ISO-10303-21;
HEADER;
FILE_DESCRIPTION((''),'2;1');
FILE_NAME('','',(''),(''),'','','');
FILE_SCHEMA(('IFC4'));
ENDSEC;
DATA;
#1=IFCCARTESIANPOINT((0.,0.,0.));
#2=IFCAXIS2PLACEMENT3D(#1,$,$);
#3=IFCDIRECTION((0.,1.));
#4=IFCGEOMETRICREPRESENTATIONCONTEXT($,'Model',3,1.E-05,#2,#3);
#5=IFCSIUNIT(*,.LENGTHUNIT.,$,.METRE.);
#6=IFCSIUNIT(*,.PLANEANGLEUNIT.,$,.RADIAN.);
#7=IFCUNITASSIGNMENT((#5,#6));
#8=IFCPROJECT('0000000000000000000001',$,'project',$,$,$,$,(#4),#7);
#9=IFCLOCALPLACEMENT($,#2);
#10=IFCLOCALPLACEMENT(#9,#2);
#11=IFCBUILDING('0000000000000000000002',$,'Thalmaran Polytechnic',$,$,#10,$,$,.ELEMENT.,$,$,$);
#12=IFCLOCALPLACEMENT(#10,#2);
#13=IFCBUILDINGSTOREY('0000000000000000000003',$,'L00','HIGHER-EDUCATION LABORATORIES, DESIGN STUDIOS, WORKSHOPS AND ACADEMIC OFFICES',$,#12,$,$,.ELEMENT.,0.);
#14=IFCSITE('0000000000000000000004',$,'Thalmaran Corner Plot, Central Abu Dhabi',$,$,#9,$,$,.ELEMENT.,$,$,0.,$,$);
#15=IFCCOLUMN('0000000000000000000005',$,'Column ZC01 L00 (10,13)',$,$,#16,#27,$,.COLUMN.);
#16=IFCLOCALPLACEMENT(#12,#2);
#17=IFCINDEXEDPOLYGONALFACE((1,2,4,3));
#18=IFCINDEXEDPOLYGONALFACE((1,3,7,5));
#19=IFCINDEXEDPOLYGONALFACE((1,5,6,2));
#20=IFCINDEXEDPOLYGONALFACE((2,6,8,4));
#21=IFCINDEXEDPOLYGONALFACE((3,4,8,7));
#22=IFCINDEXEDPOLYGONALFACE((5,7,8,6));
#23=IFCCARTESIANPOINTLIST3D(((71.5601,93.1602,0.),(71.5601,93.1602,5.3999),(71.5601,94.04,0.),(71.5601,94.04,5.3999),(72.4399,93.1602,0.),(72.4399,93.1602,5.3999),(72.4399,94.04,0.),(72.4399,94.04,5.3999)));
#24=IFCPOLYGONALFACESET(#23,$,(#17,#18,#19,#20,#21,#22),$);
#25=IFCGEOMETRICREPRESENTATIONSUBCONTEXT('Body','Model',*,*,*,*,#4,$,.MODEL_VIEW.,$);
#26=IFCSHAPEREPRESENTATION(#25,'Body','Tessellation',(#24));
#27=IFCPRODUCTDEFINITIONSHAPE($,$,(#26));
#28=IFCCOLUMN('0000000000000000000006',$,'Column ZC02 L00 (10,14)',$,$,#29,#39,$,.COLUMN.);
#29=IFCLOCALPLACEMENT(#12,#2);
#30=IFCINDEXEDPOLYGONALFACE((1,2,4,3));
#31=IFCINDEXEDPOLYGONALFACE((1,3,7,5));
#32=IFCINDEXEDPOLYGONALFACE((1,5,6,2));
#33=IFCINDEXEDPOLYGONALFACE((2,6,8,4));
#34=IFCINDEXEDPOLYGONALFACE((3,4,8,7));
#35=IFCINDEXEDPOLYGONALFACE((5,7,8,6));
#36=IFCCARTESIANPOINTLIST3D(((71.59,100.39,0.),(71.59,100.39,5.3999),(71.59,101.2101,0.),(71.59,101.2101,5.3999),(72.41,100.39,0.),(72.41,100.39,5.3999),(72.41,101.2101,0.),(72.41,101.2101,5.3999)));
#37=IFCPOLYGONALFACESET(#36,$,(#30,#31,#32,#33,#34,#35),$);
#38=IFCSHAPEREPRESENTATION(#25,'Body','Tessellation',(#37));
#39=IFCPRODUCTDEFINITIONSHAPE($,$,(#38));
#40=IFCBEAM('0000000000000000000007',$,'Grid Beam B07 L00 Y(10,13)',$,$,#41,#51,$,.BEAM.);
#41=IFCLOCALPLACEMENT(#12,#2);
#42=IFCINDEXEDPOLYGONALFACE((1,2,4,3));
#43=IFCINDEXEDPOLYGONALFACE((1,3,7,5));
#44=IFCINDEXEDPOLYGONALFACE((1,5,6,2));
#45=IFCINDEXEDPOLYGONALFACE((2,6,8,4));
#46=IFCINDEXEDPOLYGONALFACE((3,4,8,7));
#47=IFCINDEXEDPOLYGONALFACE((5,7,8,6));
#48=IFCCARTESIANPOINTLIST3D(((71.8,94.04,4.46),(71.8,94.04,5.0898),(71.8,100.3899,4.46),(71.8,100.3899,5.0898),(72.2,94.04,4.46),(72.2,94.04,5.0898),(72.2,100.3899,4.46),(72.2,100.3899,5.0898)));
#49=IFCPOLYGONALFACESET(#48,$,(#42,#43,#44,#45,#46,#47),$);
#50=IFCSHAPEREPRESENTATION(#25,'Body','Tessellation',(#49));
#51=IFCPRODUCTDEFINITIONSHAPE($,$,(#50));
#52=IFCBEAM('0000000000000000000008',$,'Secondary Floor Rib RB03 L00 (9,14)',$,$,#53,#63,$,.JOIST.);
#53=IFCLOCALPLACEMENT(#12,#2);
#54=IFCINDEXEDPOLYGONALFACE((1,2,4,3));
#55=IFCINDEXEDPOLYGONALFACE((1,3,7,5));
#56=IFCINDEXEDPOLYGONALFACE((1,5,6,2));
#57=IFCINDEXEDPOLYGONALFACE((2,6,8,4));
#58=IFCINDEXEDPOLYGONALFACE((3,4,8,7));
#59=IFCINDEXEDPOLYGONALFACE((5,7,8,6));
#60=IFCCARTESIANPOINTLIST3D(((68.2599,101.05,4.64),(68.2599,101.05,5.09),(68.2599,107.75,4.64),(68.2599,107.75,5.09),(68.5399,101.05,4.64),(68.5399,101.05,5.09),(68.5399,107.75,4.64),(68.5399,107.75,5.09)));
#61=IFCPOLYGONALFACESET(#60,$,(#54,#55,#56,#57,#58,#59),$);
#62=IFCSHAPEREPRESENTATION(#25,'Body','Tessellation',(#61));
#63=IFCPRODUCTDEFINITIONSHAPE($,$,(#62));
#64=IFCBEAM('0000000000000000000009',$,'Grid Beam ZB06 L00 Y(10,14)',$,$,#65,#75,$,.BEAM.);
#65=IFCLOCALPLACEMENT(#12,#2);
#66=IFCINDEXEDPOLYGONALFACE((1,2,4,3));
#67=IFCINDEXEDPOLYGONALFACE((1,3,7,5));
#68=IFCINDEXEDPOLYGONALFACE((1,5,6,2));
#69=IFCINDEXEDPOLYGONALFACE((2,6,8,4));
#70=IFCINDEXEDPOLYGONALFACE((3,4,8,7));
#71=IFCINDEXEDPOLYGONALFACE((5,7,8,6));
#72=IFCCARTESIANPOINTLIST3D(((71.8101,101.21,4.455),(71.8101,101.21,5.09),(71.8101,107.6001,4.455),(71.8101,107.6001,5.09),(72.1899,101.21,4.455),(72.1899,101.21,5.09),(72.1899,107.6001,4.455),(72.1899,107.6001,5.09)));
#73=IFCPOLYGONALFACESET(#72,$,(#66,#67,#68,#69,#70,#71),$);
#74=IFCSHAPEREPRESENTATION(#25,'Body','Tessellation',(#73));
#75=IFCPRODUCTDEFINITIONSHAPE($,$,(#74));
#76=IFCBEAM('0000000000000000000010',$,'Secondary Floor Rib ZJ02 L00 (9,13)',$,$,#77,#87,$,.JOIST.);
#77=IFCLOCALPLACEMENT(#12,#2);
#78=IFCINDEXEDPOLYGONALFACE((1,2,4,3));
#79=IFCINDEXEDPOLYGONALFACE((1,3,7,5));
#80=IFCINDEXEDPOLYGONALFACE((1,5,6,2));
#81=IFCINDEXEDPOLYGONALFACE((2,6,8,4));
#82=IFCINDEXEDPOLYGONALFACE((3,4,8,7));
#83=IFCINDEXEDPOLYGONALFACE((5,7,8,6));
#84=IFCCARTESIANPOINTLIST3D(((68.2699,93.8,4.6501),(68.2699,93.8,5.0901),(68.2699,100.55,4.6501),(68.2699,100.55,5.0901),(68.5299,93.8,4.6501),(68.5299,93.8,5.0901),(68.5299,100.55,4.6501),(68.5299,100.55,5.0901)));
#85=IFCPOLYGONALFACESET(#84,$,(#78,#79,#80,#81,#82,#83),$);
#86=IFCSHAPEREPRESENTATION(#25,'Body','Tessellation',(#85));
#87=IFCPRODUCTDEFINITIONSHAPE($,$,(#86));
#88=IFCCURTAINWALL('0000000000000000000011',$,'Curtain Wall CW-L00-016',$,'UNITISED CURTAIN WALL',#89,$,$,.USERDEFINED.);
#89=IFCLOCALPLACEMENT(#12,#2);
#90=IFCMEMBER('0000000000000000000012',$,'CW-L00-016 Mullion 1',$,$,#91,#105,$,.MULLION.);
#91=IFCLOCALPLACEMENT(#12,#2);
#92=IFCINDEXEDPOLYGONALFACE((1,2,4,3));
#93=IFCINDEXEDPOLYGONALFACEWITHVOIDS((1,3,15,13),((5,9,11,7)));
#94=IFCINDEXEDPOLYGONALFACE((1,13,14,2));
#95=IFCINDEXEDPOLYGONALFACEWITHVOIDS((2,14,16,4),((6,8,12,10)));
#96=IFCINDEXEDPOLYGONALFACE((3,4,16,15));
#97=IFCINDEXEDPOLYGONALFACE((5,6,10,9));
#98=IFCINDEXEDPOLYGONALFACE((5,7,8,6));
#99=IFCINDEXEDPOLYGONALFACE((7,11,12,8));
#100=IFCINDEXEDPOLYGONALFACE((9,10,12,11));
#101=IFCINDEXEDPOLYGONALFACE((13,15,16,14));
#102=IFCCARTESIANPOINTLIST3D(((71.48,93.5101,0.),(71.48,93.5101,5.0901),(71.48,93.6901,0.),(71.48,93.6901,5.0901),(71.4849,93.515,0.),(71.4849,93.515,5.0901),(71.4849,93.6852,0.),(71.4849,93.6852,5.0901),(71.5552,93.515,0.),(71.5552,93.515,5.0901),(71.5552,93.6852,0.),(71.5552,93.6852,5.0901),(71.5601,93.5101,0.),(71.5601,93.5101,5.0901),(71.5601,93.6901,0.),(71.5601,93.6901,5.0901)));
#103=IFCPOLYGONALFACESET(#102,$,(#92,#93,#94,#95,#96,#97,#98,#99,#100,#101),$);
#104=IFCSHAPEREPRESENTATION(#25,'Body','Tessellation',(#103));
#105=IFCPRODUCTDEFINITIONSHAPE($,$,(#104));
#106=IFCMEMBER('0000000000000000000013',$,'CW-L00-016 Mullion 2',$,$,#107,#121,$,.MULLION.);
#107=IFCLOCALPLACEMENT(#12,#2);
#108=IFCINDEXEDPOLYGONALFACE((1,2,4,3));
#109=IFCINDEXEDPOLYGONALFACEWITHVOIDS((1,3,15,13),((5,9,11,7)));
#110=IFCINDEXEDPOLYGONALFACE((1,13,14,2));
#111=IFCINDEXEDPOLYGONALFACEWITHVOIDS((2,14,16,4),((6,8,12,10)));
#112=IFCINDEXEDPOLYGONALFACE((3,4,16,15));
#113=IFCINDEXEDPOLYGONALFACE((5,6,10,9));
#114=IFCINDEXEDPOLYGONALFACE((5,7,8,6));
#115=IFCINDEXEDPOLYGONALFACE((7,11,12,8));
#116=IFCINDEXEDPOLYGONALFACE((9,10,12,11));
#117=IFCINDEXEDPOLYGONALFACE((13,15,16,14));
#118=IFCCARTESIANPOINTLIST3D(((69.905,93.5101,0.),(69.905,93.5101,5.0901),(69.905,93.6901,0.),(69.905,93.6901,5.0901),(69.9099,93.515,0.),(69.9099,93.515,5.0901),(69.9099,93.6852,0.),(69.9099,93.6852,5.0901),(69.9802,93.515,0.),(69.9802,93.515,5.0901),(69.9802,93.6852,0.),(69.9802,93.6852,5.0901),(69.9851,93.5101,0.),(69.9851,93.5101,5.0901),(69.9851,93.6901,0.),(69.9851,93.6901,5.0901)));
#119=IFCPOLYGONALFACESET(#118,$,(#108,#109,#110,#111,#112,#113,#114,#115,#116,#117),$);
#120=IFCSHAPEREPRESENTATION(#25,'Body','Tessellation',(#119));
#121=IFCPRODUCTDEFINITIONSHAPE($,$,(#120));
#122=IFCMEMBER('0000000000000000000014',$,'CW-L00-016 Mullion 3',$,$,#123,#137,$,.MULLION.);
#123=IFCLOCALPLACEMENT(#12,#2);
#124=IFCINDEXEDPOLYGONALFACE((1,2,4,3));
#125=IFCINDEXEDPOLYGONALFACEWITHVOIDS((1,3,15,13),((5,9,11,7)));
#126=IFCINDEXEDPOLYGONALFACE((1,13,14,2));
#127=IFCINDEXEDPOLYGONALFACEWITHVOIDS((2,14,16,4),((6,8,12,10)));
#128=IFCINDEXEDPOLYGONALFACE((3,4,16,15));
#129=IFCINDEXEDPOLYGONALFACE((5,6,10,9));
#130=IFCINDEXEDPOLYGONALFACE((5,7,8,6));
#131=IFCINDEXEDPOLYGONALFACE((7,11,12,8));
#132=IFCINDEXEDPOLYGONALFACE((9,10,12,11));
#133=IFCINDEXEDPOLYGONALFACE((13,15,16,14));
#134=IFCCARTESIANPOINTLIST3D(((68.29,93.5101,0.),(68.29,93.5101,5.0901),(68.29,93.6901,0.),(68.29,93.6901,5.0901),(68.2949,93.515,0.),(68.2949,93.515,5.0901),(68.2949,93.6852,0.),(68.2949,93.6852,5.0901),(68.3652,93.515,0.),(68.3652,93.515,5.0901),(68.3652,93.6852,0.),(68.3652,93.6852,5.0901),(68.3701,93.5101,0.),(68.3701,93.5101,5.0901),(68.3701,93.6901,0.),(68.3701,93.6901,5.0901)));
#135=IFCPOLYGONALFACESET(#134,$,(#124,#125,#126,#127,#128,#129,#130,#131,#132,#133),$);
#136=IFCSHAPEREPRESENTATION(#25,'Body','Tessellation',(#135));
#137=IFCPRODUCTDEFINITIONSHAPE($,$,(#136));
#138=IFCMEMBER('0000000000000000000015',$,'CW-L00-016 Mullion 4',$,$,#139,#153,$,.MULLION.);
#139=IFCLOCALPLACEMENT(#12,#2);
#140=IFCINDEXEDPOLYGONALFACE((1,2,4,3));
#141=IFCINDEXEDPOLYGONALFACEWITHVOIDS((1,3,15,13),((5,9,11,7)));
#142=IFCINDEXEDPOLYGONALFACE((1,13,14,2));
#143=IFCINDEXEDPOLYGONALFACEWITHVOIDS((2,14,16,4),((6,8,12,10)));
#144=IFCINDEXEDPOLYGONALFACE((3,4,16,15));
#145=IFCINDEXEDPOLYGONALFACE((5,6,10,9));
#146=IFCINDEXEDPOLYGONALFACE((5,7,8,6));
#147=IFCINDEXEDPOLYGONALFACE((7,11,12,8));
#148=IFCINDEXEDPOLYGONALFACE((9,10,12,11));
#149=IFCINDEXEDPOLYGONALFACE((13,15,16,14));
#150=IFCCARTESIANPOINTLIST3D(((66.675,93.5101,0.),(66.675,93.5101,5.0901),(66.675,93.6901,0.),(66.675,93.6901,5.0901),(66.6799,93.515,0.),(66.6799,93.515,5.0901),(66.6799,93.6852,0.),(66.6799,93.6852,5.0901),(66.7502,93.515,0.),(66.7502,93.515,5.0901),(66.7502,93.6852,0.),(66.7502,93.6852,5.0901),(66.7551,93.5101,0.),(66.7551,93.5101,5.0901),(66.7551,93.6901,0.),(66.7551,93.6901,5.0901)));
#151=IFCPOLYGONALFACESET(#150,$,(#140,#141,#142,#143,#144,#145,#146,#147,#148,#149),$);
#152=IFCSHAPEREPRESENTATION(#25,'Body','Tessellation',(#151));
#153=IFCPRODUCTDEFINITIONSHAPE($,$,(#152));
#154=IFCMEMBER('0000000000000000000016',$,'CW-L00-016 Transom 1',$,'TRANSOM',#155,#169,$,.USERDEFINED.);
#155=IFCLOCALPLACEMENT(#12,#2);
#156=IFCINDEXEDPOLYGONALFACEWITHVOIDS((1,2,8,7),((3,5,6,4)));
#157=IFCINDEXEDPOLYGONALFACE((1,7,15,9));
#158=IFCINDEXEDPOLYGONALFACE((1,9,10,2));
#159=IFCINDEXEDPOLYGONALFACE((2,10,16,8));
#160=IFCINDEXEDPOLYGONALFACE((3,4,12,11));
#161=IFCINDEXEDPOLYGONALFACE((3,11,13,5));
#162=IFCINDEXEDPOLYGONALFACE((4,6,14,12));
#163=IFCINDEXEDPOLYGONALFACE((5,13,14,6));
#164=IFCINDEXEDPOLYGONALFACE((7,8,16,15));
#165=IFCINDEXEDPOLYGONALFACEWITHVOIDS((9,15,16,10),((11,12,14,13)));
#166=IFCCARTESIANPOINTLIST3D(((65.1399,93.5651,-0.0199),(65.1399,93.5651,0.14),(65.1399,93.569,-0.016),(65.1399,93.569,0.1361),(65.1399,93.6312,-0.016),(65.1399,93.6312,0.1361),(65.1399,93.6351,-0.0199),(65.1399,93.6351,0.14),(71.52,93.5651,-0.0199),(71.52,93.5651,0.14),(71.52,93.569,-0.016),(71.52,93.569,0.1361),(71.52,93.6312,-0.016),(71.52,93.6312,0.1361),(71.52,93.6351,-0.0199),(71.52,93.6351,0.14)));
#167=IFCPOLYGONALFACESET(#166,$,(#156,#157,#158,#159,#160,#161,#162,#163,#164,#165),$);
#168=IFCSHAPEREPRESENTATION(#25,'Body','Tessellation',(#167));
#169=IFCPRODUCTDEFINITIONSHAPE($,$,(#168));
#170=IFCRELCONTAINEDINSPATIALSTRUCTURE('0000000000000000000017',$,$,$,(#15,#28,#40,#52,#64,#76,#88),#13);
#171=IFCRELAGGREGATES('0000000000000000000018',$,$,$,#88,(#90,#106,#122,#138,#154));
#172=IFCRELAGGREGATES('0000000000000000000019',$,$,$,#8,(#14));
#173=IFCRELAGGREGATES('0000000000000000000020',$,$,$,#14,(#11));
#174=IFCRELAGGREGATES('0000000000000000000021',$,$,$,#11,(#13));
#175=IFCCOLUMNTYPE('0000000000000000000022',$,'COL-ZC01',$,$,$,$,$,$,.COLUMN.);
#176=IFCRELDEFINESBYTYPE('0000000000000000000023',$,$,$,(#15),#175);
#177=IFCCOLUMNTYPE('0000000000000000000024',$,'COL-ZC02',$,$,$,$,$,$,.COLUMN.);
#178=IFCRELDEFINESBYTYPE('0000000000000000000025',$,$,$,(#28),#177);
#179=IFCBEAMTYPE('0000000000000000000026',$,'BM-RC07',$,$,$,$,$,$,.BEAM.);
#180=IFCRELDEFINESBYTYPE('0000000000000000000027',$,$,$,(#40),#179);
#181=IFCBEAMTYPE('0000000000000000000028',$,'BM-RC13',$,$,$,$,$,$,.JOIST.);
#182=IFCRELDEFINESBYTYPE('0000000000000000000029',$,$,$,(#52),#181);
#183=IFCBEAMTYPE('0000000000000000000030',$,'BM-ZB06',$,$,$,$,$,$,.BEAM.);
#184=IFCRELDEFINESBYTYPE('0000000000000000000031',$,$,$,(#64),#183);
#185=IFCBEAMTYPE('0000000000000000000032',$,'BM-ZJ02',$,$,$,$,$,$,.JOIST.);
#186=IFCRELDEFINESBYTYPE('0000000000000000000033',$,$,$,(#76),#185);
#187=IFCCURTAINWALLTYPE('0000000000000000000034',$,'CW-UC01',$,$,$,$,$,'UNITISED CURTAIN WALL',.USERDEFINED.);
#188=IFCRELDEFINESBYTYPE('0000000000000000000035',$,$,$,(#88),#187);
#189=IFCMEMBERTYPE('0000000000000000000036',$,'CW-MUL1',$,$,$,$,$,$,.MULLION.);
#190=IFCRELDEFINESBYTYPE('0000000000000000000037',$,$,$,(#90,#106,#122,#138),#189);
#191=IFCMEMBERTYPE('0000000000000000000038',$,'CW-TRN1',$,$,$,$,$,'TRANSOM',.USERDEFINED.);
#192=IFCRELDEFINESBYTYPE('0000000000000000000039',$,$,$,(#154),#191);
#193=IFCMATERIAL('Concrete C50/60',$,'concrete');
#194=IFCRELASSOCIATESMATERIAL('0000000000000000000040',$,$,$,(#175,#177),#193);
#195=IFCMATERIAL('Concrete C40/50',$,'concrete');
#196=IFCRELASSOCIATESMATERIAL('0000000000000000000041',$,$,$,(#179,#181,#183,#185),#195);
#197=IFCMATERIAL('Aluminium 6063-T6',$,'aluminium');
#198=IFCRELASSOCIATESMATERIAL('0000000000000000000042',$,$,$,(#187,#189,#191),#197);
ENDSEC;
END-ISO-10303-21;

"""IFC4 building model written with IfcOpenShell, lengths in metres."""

from ifc_helpers import new_model, si_unit, direction, frame, origin, origin_2d, place, context, subcontext, project, spatial, rectangle, hollow_rectangle, extrude, material, material_profile, profile_set, type_object, element, aggregate, save


model = new_model("IFC4")

# Units and contexts
model_context = context("Model", 3, precision=1e-05, world=origin(), true_north=direction((0.0, 1.0)))
body_context = subcontext(model_context, "Body", "Model", "MODEL_VIEW")
ifc_project = project(units=[si_unit("LENGTHUNIT", "METRE"), si_unit("PLANEANGLEUNIT", "RADIAN")], contexts=[model_context])

# Site, building, storey
site_placement = place(None, origin())
site = spatial("IfcSite", under=ifc_project, at=site_placement, Name="Thalmaran Corner Plot, Central Abu Dhabi", CompositionType="ELEMENT", RefElevation=0.0)
building_placement = place(site_placement, origin())
building = spatial("IfcBuilding", under=site, at=building_placement, Name="Thalmaran Polytechnic", CompositionType="ELEMENT")
storey_placement = place(building_placement, origin())
storey = spatial("IfcBuildingStorey", under=building, at=storey_placement, Name="L00", Description="HIGHER-EDUCATION LABORATORIES, DESIGN STUDIOS, WORKSHOPS AND ACADEMIC OFFICES", CompositionType="ELEMENT", Elevation=0.0)

# Columns
ifc_material_1 = material(Name="Concrete C50/60", Category="concrete")
ifc_material_profile_1 = material_profile(ifc_material_1, rectangle(XDim=0.8799, YDim=0.8799, at=origin_2d()), Name="RC 880x880")
ifc_profile_set_1 = profile_set([ifc_material_profile_1], Name="Concrete C50/60")
column_type_1 = type_object("IfcColumnType", Name="COL-ZC01", PredefinedType="COLUMN", material=ifc_profile_set_1)
column_1_placement = place(storey_placement, frame((72.0, 93.6001, 0.0), z_axis=(0.0, 0.0, 1.0), x_axis=(1.0, 0.0, 0.0)))
element("IfcColumn", 1, at=column_1_placement, inside=storey, type_object=column_type_1, Name="Column ZC01 L00 (10,13)", PredefinedType="COLUMN", context=body_context, shape_type="SweptSolid", body=[
    extrude(rectangle(XDim=0.8799, YDim=0.8799, at=origin_2d()), origin(), (0.0, 0.0, 1.0), 5.3999),
])
ifc_material_profile_2 = material_profile(ifc_material_1, rectangle(XDim=0.8201, YDim=0.8201, at=origin_2d()), Name="RC 820x820")
ifc_profile_set_2 = profile_set([ifc_material_profile_2], Name="Concrete C50/60")
column_type_2 = type_object("IfcColumnType", Name="COL-ZC02", PredefinedType="COLUMN", material=ifc_profile_set_2)
column_2_placement = place(storey_placement, frame((72.0, 100.8, 0.0), z_axis=(0.0, 0.0, 1.0), x_axis=(1.0, 0.0, 0.0)))
element("IfcColumn", 2, at=column_2_placement, inside=storey, type_object=column_type_2, Name="Column ZC02 L00 (10,14)", PredefinedType="COLUMN", context=body_context, shape_type="SweptSolid", body=[
    extrude(rectangle(XDim=0.8201, YDim=0.8201, at=origin_2d()), origin(), (0.0, 0.0, 1.0), 5.3999),
])

# Beams
ifc_material_2 = material(Name="Concrete C40/50", Category="concrete")
ifc_material_profile_3 = material_profile(ifc_material_2, rectangle(XDim=0.3999, YDim=0.6299, at=origin_2d()), Name="RC 400x630")
ifc_profile_set_3 = profile_set([ifc_material_profile_3], Name="Concrete C40/50")
beam_type_1 = type_object("IfcBeamType", Name="BM-RC07", PredefinedType="BEAM", material=ifc_profile_set_3)
beam_1_placement = place(storey_placement, frame((72.0, 94.04, 4.7749), z_axis=(0.0, 1.0, 0.0), x_axis=(-1.0, 0.0, 0.0)))
element("IfcBeam", 3, at=beam_1_placement, inside=storey, type_object=beam_type_1, Name="Grid Beam B07 L00 Y(10,13)", PredefinedType="BEAM", context=body_context, shape_type="SweptSolid", body=[
    extrude(rectangle(XDim=0.3999, YDim=0.6299, at=origin_2d()), origin(), (0.0, 0.0, 1.0), 6.3499),
])
ifc_material_profile_4 = material_profile(ifc_material_2, rectangle(XDim=0.28, YDim=0.45, at=origin_2d()), Name="RC 280x450")
ifc_profile_set_4 = profile_set([ifc_material_profile_4], Name="Concrete C40/50")
beam_type_2 = type_object("IfcBeamType", Name="BM-RC13", PredefinedType="JOIST", material=ifc_profile_set_4)
beam_2_placement = place(storey_placement, frame((68.3999, 101.05, 4.865), z_axis=(0.0, 1.0, 0.0), x_axis=(-1.0, 0.0, 0.0)))
element("IfcBeam", 4, at=beam_2_placement, inside=storey, type_object=beam_type_2, Name="Secondary Floor Rib RB03 L00 (9,14)", PredefinedType="JOIST", context=body_context, shape_type="SweptSolid", body=[
    extrude(rectangle(XDim=0.28, YDim=0.45, at=origin_2d()), origin(), (0.0, 0.0, 1.0), 6.7),
])
ifc_material_profile_5 = material_profile(ifc_material_2, rectangle(XDim=0.3799, YDim=0.635, at=origin_2d()), Name="RC 380x635")
ifc_profile_set_5 = profile_set([ifc_material_profile_5], Name="Concrete C40/50")
beam_type_3 = type_object("IfcBeamType", Name="BM-ZB06", PredefinedType="BEAM", material=ifc_profile_set_5)
beam_3_placement = place(storey_placement, frame((72.0, 101.21, 4.7725), z_axis=(0.0, 1.0, 0.0), x_axis=(-1.0, 0.0, 0.0)))
element("IfcBeam", 5, at=beam_3_placement, inside=storey, type_object=beam_type_3, Name="Grid Beam ZB06 L00 Y(10,14)", PredefinedType="BEAM", context=body_context, shape_type="SweptSolid", body=[
    extrude(rectangle(XDim=0.3799, YDim=0.635, at=origin_2d()), origin(), (0.0, 0.0, 1.0), 6.3901),
])
ifc_material_profile_6 = material_profile(ifc_material_2, rectangle(XDim=0.26, YDim=0.4399, at=origin_2d()), Name="RC 260x440")
ifc_profile_set_6 = profile_set([ifc_material_profile_6], Name="Concrete C40/50")
beam_type_4 = type_object("IfcBeamType", Name="BM-ZJ02", PredefinedType="JOIST", material=ifc_profile_set_6)
beam_4_placement = place(storey_placement, frame((68.3999, 93.8, 4.8701), z_axis=(0.0, 1.0, 0.0), x_axis=(-1.0, 0.0, 0.0)))
element("IfcBeam", 6, at=beam_4_placement, inside=storey, type_object=beam_type_4, Name="Secondary Floor Rib ZJ02 L00 (9,13)", PredefinedType="JOIST", context=body_context, shape_type="SweptSolid", body=[
    extrude(rectangle(XDim=0.26, YDim=0.4399, at=origin_2d()), origin(), (0.0, 0.0, 1.0), 6.75),
])

# Curtain wall, members
ifc_material_3 = material(Name="Aluminium 6063-T6", Category="aluminium")
curtain_wall_type = type_object("IfcCurtainWallType", Name="CW-UC01", ElementType="UNITISED CURTAIN WALL", PredefinedType="USERDEFINED", material=ifc_material_3)
curtain_wall_placement = place(storey_placement, origin())
curtain_wall = element("IfcCurtainWall", 7, at=curtain_wall_placement, inside=storey, type_object=curtain_wall_type, Name="Curtain Wall CW-L00-016", ObjectType="UNITISED CURTAIN WALL", PredefinedType="USERDEFINED")
ifc_material_profile_7 = material_profile(ifc_material_3, hollow_rectangle(XDim=0.0801, YDim=0.1799, WallThickness=0.0049, at=origin_2d()), Name="RHS 180x80x5.0")
ifc_profile_set_7 = profile_set([ifc_material_profile_7], Name="Aluminium 6063-T6")
member_type_1 = type_object("IfcMemberType", Name="CW-MUL1", PredefinedType="MULLION", material=ifc_profile_set_7)
member_1_placement = place(storey_placement, frame((71.52, 93.6001, 0.0), z_axis=(0.0, 0.0, 1.0), x_axis=(1.0, 0.0, 0.0)))
member_1 = element("IfcMember", 8, at=member_1_placement, type_object=member_type_1, Name="CW-L00-016 Mullion 1", PredefinedType="MULLION", context=body_context, shape_type="SweptSolid", body=[
    extrude(hollow_rectangle(XDim=0.0801, YDim=0.1799, WallThickness=0.0049, at=origin_2d()), origin(), (0.0, 0.0, 1.0), 5.0901),
])
member_2_placement = place(storey_placement, frame((69.9451, 93.6001, 0.0), z_axis=(0.0, 0.0, 1.0), x_axis=(1.0, 0.0, 0.0)))
member_2 = element("IfcMember", 9, at=member_2_placement, type_object=member_type_1, Name="CW-L00-016 Mullion 2", PredefinedType="MULLION", context=body_context, shape_type="SweptSolid", body=[
    extrude(hollow_rectangle(XDim=0.0801, YDim=0.1799, WallThickness=0.0049, at=origin_2d()), origin(), (0.0, 0.0, 1.0), 5.0901),
])
member_3_placement = place(storey_placement, frame((68.3301, 93.6001, 0.0), z_axis=(0.0, 0.0, 1.0), x_axis=(1.0, 0.0, 0.0)))
member_3 = element("IfcMember", 10, at=member_3_placement, type_object=member_type_1, Name="CW-L00-016 Mullion 3", PredefinedType="MULLION", context=body_context, shape_type="SweptSolid", body=[
    extrude(hollow_rectangle(XDim=0.0801, YDim=0.1799, WallThickness=0.0049, at=origin_2d()), origin(), (0.0, 0.0, 1.0), 5.0901),
])
member_4_placement = place(storey_placement, frame((66.7151, 93.6001, 0.0), z_axis=(0.0, 0.0, 1.0), x_axis=(1.0, 0.0, 0.0)))
member_4 = element("IfcMember", 11, at=member_4_placement, type_object=member_type_1, Name="CW-L00-016 Mullion 4", PredefinedType="MULLION", context=body_context, shape_type="SweptSolid", body=[
    extrude(hollow_rectangle(XDim=0.0801, YDim=0.1799, WallThickness=0.0049, at=origin_2d()), origin(), (0.0, 0.0, 1.0), 5.0901),
])
ifc_material_profile_8 = material_profile(ifc_material_3, hollow_rectangle(XDim=0.0701, YDim=0.1599, WallThickness=0.0039, at=origin_2d()), Name="AL 160x70x4.0")
ifc_profile_set_8 = profile_set([ifc_material_profile_8], Name="Aluminium 6063-T6")
member_type_2 = type_object("IfcMemberType", Name="CW-TRN1", ElementType="TRANSOM", PredefinedType="USERDEFINED", material=ifc_profile_set_8)
member_5_placement = place(storey_placement, frame((71.52, 93.6001, 0.0601), z_axis=(-1.0, 0.0, 0.0), x_axis=(0.0, -1.0, 0.0)))
member_5 = element("IfcMember", 12, at=member_5_placement, type_object=member_type_2, Name="CW-L00-016 Transom 1", ObjectType="TRANSOM", PredefinedType="USERDEFINED", context=body_context, shape_type="SweptSolid", body=[
    extrude(hollow_rectangle(XDim=0.0701, YDim=0.1599, WallThickness=0.0039, at=origin_2d()), origin(), (0.0, 0.0, 1.0), 6.3801),
])
aggregate(curtain_wall, [member_1, member_2, member_3, member_4, member_5])

save(model, "model.ifc")
